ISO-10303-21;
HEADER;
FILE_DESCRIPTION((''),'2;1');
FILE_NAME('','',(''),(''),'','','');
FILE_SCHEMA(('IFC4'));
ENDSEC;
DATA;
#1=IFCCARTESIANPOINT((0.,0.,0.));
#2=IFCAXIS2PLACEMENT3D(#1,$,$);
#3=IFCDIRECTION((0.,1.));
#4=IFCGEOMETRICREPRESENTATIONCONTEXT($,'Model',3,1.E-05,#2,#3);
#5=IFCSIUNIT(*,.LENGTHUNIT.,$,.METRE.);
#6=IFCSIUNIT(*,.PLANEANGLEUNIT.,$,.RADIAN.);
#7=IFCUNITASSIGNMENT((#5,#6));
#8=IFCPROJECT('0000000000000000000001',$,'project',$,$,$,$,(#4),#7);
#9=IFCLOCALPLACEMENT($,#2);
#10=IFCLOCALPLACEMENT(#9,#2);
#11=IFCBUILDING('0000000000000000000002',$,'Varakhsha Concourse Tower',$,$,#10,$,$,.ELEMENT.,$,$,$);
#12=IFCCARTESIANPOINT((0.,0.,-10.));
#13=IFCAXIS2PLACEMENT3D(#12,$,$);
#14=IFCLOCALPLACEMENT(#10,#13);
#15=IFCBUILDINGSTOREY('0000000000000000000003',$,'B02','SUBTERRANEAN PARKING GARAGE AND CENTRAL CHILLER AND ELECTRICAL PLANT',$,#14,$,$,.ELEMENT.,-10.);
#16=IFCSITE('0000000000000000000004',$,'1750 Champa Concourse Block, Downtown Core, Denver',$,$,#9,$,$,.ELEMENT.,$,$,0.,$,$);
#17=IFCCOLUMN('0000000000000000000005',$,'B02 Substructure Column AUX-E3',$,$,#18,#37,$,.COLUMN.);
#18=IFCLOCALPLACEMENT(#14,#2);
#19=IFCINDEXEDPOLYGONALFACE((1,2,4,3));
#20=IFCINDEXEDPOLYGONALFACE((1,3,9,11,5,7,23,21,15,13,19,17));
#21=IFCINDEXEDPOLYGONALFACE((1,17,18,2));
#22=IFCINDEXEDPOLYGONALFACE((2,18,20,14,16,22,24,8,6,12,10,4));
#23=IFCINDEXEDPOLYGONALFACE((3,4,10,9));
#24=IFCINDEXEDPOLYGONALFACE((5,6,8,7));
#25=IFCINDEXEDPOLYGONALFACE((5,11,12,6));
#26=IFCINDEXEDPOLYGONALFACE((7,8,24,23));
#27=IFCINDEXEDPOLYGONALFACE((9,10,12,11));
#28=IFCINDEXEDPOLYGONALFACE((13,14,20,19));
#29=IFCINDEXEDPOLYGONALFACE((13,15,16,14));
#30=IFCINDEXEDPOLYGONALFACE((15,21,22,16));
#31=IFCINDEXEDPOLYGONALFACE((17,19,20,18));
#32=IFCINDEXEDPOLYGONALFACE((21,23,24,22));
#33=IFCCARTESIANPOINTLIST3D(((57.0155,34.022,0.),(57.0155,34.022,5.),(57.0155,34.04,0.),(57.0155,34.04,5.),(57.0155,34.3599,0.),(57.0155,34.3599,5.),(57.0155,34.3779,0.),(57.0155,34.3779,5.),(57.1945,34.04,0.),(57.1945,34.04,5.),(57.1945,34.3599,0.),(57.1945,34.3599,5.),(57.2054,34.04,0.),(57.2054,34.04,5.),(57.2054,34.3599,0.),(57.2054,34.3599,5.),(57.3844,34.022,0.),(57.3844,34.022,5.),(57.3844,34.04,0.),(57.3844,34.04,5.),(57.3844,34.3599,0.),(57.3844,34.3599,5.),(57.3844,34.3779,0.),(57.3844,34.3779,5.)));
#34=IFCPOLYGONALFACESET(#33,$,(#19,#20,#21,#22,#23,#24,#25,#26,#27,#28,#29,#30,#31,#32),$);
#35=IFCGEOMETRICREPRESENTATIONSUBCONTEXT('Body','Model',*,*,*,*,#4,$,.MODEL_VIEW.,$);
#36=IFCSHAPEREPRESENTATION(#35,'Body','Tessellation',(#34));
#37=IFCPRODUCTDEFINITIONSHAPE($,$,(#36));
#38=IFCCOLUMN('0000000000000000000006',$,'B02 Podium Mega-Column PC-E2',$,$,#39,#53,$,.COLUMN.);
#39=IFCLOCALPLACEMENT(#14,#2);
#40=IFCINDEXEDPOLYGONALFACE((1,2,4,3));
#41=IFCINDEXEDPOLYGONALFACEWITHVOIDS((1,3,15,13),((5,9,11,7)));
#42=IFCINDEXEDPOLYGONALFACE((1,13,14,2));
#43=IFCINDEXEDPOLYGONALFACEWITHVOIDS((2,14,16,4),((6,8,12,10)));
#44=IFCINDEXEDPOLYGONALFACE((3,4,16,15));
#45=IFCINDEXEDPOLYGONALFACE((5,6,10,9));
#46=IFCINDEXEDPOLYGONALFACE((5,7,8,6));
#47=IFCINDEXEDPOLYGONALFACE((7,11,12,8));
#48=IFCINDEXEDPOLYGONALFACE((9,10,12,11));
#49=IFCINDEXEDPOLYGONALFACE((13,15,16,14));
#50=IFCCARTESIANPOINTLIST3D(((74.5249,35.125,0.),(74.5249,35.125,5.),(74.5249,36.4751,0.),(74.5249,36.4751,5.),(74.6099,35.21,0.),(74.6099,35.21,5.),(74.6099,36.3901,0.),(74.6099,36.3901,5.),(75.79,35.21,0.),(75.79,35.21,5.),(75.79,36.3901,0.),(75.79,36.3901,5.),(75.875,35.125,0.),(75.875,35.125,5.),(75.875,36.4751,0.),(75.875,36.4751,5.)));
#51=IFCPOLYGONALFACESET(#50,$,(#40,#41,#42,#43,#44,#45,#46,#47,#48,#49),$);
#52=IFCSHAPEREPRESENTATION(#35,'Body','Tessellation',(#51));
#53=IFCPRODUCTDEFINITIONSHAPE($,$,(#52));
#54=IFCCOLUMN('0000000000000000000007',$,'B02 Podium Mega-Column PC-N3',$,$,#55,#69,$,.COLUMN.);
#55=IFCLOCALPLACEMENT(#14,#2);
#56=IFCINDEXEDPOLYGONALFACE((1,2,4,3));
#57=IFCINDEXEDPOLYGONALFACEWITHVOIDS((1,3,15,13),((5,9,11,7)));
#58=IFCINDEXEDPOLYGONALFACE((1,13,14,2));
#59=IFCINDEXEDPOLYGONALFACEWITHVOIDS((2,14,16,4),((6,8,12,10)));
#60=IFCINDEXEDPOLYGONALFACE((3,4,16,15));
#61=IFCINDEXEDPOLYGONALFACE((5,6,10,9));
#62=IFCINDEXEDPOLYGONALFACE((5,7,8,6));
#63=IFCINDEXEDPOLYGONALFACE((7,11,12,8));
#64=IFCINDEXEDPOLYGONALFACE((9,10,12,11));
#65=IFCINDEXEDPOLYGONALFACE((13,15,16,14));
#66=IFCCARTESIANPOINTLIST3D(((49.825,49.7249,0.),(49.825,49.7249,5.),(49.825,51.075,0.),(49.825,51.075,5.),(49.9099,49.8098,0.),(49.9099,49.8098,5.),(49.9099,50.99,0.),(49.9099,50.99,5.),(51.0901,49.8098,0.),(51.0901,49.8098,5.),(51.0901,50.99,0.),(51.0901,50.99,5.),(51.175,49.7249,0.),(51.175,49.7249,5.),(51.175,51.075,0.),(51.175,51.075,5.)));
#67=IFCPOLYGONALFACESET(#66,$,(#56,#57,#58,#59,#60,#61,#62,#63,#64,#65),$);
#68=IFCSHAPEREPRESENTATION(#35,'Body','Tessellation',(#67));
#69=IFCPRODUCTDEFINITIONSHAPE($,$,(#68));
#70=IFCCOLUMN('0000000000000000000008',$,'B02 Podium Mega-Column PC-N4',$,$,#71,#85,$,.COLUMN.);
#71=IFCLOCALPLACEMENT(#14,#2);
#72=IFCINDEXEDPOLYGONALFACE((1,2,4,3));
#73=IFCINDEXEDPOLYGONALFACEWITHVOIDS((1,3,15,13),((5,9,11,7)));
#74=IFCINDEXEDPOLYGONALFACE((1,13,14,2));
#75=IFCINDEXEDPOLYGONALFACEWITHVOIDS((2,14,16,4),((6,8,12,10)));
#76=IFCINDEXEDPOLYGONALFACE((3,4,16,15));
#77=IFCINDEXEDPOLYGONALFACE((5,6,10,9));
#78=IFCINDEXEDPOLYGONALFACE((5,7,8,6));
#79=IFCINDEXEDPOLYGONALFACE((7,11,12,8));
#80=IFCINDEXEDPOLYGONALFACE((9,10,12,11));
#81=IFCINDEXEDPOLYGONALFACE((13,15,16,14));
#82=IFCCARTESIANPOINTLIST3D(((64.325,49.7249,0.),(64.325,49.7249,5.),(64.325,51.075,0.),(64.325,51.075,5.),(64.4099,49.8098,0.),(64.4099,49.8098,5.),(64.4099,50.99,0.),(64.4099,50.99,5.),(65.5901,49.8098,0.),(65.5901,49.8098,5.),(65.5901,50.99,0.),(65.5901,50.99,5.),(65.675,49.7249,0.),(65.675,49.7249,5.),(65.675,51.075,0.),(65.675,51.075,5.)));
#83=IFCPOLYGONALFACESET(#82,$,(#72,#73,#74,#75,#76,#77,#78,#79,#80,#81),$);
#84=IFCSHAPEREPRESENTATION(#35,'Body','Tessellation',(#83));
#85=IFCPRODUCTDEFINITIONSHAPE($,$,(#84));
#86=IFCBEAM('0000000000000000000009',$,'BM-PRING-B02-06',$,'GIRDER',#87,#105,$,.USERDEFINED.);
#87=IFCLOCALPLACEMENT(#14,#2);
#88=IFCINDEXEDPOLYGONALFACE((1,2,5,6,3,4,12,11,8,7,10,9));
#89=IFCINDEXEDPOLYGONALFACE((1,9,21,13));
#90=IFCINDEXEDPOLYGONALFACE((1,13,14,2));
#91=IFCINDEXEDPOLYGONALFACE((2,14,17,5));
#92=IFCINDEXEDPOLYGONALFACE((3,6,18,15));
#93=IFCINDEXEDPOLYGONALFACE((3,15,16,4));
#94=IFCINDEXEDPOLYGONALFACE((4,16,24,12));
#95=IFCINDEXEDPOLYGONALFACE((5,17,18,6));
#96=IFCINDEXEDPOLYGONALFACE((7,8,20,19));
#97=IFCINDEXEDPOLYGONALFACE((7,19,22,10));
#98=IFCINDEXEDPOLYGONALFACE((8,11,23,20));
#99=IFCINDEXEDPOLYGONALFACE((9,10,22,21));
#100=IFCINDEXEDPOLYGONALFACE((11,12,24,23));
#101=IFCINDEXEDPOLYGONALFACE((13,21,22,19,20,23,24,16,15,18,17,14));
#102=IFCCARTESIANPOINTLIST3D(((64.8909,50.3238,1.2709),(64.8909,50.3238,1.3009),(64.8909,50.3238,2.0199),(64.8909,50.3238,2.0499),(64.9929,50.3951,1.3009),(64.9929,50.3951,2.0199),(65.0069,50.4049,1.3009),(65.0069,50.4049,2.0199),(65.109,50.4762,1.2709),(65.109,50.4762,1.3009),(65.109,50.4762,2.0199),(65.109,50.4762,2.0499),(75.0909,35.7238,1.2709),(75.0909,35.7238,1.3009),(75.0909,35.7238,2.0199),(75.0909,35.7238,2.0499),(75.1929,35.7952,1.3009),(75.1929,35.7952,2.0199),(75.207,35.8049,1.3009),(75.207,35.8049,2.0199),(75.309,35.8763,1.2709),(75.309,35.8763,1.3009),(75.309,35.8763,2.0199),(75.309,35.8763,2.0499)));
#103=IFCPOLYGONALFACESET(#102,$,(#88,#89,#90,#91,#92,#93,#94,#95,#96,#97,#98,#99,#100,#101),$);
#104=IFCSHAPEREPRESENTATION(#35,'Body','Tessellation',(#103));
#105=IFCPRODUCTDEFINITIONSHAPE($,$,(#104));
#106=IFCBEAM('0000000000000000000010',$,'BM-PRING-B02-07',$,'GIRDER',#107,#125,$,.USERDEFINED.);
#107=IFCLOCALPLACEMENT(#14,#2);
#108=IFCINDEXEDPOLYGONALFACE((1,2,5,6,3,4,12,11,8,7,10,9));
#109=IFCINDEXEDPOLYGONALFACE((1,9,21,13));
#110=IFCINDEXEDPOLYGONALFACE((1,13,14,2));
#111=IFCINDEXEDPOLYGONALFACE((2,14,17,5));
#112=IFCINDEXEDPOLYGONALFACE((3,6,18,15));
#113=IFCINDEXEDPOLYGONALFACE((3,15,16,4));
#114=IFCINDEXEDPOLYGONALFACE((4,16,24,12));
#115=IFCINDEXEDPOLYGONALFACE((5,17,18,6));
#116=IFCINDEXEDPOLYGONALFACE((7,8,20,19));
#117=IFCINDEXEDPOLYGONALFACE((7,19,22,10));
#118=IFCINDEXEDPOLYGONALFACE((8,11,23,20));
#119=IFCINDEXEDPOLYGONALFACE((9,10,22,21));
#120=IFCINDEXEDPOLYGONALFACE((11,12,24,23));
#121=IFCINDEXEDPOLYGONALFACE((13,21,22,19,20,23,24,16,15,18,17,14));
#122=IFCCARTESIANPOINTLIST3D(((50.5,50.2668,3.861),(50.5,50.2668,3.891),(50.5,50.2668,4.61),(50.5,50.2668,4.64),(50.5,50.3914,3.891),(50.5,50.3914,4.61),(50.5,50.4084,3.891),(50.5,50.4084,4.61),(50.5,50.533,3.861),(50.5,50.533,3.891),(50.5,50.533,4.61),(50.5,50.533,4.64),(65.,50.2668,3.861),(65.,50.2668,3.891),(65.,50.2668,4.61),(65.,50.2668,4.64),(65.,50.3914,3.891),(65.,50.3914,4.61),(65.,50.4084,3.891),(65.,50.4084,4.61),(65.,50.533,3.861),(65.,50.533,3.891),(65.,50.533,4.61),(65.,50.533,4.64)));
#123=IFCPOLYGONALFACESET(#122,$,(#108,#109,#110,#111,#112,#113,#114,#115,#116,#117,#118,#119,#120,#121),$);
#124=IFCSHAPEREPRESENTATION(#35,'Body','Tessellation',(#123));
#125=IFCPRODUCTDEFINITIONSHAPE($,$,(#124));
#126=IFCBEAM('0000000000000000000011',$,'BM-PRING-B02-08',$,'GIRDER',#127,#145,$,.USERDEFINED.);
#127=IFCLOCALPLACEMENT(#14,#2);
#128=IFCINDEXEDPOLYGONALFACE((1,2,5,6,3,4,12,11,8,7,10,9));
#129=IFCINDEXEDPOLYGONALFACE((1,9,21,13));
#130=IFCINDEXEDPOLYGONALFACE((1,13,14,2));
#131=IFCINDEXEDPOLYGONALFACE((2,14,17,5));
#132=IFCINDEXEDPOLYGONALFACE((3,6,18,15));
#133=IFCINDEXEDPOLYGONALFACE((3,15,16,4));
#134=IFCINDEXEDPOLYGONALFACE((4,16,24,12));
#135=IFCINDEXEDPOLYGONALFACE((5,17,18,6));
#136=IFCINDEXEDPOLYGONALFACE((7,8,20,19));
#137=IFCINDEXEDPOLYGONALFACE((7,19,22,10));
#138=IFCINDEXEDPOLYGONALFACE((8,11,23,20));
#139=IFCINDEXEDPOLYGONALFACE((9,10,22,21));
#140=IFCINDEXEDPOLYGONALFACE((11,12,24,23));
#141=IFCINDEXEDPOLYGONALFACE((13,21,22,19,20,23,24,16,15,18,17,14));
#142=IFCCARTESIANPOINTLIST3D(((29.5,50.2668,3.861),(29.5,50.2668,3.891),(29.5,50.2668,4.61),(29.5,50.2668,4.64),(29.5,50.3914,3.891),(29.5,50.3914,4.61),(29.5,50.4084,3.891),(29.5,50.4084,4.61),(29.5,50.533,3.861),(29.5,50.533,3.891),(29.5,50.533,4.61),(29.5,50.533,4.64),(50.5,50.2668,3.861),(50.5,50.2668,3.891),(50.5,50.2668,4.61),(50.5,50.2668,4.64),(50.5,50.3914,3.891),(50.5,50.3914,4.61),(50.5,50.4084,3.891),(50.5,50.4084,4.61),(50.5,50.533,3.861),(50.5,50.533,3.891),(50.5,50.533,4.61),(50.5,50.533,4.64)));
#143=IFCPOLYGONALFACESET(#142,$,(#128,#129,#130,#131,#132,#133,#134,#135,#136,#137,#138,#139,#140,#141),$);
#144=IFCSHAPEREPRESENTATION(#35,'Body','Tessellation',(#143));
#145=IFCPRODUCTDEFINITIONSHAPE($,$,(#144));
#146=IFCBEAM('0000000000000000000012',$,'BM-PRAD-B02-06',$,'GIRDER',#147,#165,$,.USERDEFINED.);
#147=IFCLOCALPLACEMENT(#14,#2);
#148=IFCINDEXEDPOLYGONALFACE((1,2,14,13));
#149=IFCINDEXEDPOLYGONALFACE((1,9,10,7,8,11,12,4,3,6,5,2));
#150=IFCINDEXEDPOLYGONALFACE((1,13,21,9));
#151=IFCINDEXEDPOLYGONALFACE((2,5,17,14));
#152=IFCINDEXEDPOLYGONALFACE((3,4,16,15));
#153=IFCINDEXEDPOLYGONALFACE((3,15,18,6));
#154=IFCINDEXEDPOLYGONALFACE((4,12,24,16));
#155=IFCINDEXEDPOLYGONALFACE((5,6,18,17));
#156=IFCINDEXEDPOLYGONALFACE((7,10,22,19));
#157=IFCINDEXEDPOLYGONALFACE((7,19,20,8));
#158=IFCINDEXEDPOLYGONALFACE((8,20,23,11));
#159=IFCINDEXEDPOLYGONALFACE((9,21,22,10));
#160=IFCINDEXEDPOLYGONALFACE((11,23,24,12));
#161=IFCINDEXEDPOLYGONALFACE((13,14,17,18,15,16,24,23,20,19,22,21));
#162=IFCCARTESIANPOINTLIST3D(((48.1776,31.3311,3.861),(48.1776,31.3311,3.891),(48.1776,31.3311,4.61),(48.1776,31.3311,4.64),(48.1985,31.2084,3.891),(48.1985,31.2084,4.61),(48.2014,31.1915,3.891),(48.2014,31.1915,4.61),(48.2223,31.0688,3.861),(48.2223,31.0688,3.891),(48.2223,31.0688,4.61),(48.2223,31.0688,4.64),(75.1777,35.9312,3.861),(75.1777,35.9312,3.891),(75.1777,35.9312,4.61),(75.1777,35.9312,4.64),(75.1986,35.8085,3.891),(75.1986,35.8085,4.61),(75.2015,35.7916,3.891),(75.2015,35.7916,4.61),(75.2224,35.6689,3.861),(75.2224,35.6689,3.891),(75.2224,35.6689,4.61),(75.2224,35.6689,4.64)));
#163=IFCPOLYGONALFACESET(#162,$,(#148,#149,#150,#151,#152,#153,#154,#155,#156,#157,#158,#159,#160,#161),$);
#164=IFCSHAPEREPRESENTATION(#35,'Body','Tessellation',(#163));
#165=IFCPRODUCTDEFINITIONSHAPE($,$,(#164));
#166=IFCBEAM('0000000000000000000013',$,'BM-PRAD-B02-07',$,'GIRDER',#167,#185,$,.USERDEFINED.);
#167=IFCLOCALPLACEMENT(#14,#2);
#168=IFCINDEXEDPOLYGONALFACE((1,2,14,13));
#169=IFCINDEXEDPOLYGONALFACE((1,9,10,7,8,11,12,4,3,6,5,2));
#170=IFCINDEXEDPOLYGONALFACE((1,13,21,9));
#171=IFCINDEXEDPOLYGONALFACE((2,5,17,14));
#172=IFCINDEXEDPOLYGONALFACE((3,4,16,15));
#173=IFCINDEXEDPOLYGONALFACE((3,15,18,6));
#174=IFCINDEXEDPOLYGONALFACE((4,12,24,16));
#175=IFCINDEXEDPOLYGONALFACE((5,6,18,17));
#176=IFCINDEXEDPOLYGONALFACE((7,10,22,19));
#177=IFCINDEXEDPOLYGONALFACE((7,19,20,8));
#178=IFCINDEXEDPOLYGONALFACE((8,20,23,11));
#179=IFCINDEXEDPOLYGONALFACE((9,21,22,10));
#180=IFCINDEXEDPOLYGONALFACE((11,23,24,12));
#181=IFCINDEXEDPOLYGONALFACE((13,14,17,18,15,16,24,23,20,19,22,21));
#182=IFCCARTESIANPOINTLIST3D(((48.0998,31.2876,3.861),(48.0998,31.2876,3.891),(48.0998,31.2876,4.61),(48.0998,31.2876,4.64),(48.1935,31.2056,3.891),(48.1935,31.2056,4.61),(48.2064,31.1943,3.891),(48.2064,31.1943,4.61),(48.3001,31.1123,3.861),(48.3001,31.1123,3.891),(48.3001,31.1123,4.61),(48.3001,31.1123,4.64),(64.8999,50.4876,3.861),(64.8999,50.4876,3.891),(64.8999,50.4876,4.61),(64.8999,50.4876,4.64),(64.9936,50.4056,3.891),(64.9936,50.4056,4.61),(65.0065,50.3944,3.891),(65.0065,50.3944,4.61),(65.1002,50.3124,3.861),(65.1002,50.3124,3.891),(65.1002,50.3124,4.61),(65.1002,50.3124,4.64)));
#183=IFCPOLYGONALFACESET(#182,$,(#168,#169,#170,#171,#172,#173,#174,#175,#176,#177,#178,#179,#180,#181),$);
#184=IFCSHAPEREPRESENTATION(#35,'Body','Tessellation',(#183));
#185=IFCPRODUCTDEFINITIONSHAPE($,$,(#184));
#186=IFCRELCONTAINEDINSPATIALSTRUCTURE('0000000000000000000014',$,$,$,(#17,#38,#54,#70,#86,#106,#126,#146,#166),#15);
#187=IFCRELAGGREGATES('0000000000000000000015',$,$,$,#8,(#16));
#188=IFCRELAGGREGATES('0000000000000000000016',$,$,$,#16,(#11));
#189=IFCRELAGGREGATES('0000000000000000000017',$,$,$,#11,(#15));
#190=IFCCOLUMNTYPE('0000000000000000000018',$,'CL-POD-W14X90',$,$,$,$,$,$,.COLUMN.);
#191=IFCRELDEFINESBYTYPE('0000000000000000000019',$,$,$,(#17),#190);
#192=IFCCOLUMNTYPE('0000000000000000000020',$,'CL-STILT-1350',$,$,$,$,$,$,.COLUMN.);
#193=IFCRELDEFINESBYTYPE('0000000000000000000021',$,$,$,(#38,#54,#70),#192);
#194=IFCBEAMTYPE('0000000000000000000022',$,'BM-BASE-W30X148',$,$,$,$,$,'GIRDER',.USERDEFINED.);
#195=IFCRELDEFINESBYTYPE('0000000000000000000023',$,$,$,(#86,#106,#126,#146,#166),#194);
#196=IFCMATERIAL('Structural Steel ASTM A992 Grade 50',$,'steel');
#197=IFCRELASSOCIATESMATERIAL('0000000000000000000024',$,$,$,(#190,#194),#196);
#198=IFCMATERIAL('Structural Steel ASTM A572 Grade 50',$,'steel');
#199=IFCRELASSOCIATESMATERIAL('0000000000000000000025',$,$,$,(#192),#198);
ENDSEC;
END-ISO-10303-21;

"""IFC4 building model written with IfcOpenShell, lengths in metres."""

from ifc_helpers import new_model, si_unit, direction, frame, origin, origin_2d, place, context, subcontext, project, spatial, hollow_rectangle, i_section, extrude, material, material_profile, profile_set, type_object, element, save


model = new_model("IFC4")

# Units and contexts
model_context = context("Model", 3, precision=1e-05, world=origin(), true_north=direction((0.0, 1.0)))
body_context = subcontext(model_context, "Body", "Model", "MODEL_VIEW")
ifc_project = project(units=[si_unit("LENGTHUNIT", "METRE"), si_unit("PLANEANGLEUNIT", "RADIAN")], contexts=[model_context])

# Site, building, storey
site_placement = place(None, origin())
site = spatial("IfcSite", under=ifc_project, at=site_placement, Name="1750 Champa Concourse Block, Downtown Core, Denver", CompositionType="ELEMENT", RefElevation=0.0)
building_placement = place(site_placement, origin())
building = spatial("IfcBuilding", under=site, at=building_placement, Name="Varakhsha Concourse Tower", CompositionType="ELEMENT")
storey_placement = place(building_placement, frame((0.0, 0.0, -10.0)))
storey = spatial("IfcBuildingStorey", under=building, at=storey_placement, Name="B02", Description="SUBTERRANEAN PARKING GARAGE AND CENTRAL CHILLER AND ELECTRICAL PLANT", CompositionType="ELEMENT", Elevation=-10.0)

# Columns
ifc_material_1 = material(Name="Structural Steel ASTM A992 Grade 50", Category="steel")
ifc_material_profile_1 = material_profile(ifc_material_1, i_section(OverallWidth=0.3689, OverallDepth=0.356, WebThickness=0.011, FlangeThickness=0.0181, at=origin_2d()), Name="W14X90")
ifc_profile_set_1 = profile_set([ifc_material_profile_1], Name="Structural Steel ASTM A992 Grade 50")
column_type_1 = type_object("IfcColumnType", Name="CL-POD-W14X90", PredefinedType="COLUMN", material=ifc_profile_set_1)
for number, where, z_axis, x_axis, name in (
    (1, (57.2, 34.2, 0.0), (0.0, 0.0, 1.0), (1.0, 0.0, 0.0), "B02 Substructure Column AUX-E3"),
):
    element("IfcColumn", number, at=place(storey_placement, frame(where, z_axis=z_axis, x_axis=x_axis)), inside=storey, type_object=column_type_1, Name=name, PredefinedType="COLUMN", context=body_context, shape_type="SweptSolid", body=[
        extrude(i_section(OverallWidth=0.3689, OverallDepth=0.356, WebThickness=0.011, FlangeThickness=0.0181, at=origin_2d()), origin(), (0.0, 0.0, 1.0), 5.0),
    ])
ifc_material_2 = material(Name="Structural Steel ASTM A572 Grade 50", Category="steel")
ifc_material_profile_2 = material_profile(ifc_material_2, hollow_rectangle(XDim=1.3501, YDim=1.3501, WallThickness=0.085, at=origin_2d()), Name="BOX 1350x1350x85")
ifc_profile_set_2 = profile_set([ifc_material_profile_2], Name="Structural Steel ASTM A572 Grade 50")
column_type_2 = type_object("IfcColumnType", Name="CL-STILT-1350", PredefinedType="COLUMN", material=ifc_profile_set_2)
for number, where, z_axis, x_axis, name in (
    (2, (75.2, 35.8, 0.0), (0.0, 0.0, 1.0), (1.0, 0.0, 0.0), "B02 Podium Mega-Column PC-E2"),
    (3, (50.5, 50.3999, 0.0), (0.0, 0.0, 1.0), (1.0, 0.0, 0.0), "B02 Podium Mega-Column PC-N3"),
    (4, (65.0, 50.3999, 0.0), (0.0, 0.0, 1.0), (1.0, 0.0, 0.0), "B02 Podium Mega-Column PC-N4"),
):
    element("IfcColumn", number, at=place(storey_placement, frame(where, z_axis=z_axis, x_axis=x_axis)), inside=storey, type_object=column_type_2, Name=name, PredefinedType="COLUMN", context=body_context, shape_type="SweptSolid", body=[
        extrude(hollow_rectangle(XDim=1.3501, YDim=1.3501, WallThickness=0.085, at=origin_2d()), origin(), (0.0, 0.0, 1.0), 5.0),
    ])

# Beams
ifc_material_profile_3 = material_profile(ifc_material_1, i_section(OverallWidth=0.2661, OverallDepth=0.7791, WebThickness=0.0171, FlangeThickness=0.03, at=origin_2d()), Name="W30X148")
ifc_profile_set_3 = profile_set([ifc_material_profile_3], Name="Structural Steel ASTM A992 Grade 50")
beam_type_1 = type_object("IfcBeamType", Name="BM-BASE-W30X148", ElementType="GIRDER", PredefinedType="USERDEFINED", material=ifc_profile_set_3)
beam_1_placement = place(storey_placement, frame((75.2, 35.8, 1.6604), z_axis=(-0.57271, 0.819758, 0.0), x_axis=(-0.819758, -0.57271, 0.0)))
element("IfcBeam", 5, at=beam_1_placement, inside=storey, type_object=beam_type_1, Name="BM-PRING-B02-06", ObjectType="GIRDER", PredefinedType="USERDEFINED", context=body_context, shape_type="SweptSolid", body=[
    extrude(i_section(OverallWidth=0.2661, OverallDepth=0.7791, WebThickness=0.0171, FlangeThickness=0.03, at=origin_2d()), origin(), (0.0, 0.0, 1.0), 17.8101),
])
beam_2_placement = place(storey_placement, frame((65.0, 50.3999, 4.2505), z_axis=(-1.0, 0.0, 0.0), x_axis=(0.0, -1.0, 0.0)))
element("IfcBeam", 6, at=beam_2_placement, inside=storey, type_object=beam_type_1, Name="BM-PRING-B02-07", ObjectType="GIRDER", PredefinedType="USERDEFINED", context=body_context, shape_type="SweptSolid", body=[
    extrude(i_section(OverallWidth=0.2661, OverallDepth=0.7791, WebThickness=0.0171, FlangeThickness=0.03, at=origin_2d()), origin(), (0.0, 0.0, 1.0), 14.5),
])
beam_3_placement = place(storey_placement, frame((50.5, 50.3999, 4.2505), z_axis=(-1.0, 0.0, 0.0), x_axis=(0.0, -1.0, 0.0)))
element("IfcBeam", 7, at=beam_3_placement, inside=storey, type_object=beam_type_1, Name="BM-PRING-B02-08", ObjectType="GIRDER", PredefinedType="USERDEFINED", context=body_context, shape_type="SweptSolid", body=[
    extrude(i_section(OverallWidth=0.2661, OverallDepth=0.7791, WebThickness=0.0171, FlangeThickness=0.03, at=origin_2d()), origin(), (0.0, 0.0, 1.0), 21.0),
])
beam_4_placement = place(storey_placement, frame((48.2, 31.2, 4.2505), z_axis=(0.985795, 0.167954, 0.0), x_axis=(-0.167954, 0.985795, 0.0)))
element("IfcBeam", 8, at=beam_4_placement, inside=storey, type_object=beam_type_1, Name="BM-PRAD-B02-06", ObjectType="GIRDER", PredefinedType="USERDEFINED", context=body_context, shape_type="SweptSolid", body=[
    extrude(i_section(OverallWidth=0.2661, OverallDepth=0.7791, WebThickness=0.0171, FlangeThickness=0.03, at=origin_2d()), origin(), (0.0, 0.0, 1.0), 27.3892),
])
beam_5_placement = place(storey_placement, frame((48.2, 31.2, 4.2505), z_axis=(0.658507, 0.752575, 0.0), x_axis=(-0.752575, 0.658507, 0.0)))
element("IfcBeam", 9, at=beam_5_placement, inside=storey, type_object=beam_type_1, Name="BM-PRAD-B02-07", ObjectType="GIRDER", PredefinedType="USERDEFINED", context=body_context, shape_type="SweptSolid", body=[
    extrude(i_section(OverallWidth=0.2661, OverallDepth=0.7791, WebThickness=0.0171, FlangeThickness=0.03, at=origin_2d()), origin(), (0.0, 0.0, 1.0), 25.5125),
])

save(model, "model.ifc")
